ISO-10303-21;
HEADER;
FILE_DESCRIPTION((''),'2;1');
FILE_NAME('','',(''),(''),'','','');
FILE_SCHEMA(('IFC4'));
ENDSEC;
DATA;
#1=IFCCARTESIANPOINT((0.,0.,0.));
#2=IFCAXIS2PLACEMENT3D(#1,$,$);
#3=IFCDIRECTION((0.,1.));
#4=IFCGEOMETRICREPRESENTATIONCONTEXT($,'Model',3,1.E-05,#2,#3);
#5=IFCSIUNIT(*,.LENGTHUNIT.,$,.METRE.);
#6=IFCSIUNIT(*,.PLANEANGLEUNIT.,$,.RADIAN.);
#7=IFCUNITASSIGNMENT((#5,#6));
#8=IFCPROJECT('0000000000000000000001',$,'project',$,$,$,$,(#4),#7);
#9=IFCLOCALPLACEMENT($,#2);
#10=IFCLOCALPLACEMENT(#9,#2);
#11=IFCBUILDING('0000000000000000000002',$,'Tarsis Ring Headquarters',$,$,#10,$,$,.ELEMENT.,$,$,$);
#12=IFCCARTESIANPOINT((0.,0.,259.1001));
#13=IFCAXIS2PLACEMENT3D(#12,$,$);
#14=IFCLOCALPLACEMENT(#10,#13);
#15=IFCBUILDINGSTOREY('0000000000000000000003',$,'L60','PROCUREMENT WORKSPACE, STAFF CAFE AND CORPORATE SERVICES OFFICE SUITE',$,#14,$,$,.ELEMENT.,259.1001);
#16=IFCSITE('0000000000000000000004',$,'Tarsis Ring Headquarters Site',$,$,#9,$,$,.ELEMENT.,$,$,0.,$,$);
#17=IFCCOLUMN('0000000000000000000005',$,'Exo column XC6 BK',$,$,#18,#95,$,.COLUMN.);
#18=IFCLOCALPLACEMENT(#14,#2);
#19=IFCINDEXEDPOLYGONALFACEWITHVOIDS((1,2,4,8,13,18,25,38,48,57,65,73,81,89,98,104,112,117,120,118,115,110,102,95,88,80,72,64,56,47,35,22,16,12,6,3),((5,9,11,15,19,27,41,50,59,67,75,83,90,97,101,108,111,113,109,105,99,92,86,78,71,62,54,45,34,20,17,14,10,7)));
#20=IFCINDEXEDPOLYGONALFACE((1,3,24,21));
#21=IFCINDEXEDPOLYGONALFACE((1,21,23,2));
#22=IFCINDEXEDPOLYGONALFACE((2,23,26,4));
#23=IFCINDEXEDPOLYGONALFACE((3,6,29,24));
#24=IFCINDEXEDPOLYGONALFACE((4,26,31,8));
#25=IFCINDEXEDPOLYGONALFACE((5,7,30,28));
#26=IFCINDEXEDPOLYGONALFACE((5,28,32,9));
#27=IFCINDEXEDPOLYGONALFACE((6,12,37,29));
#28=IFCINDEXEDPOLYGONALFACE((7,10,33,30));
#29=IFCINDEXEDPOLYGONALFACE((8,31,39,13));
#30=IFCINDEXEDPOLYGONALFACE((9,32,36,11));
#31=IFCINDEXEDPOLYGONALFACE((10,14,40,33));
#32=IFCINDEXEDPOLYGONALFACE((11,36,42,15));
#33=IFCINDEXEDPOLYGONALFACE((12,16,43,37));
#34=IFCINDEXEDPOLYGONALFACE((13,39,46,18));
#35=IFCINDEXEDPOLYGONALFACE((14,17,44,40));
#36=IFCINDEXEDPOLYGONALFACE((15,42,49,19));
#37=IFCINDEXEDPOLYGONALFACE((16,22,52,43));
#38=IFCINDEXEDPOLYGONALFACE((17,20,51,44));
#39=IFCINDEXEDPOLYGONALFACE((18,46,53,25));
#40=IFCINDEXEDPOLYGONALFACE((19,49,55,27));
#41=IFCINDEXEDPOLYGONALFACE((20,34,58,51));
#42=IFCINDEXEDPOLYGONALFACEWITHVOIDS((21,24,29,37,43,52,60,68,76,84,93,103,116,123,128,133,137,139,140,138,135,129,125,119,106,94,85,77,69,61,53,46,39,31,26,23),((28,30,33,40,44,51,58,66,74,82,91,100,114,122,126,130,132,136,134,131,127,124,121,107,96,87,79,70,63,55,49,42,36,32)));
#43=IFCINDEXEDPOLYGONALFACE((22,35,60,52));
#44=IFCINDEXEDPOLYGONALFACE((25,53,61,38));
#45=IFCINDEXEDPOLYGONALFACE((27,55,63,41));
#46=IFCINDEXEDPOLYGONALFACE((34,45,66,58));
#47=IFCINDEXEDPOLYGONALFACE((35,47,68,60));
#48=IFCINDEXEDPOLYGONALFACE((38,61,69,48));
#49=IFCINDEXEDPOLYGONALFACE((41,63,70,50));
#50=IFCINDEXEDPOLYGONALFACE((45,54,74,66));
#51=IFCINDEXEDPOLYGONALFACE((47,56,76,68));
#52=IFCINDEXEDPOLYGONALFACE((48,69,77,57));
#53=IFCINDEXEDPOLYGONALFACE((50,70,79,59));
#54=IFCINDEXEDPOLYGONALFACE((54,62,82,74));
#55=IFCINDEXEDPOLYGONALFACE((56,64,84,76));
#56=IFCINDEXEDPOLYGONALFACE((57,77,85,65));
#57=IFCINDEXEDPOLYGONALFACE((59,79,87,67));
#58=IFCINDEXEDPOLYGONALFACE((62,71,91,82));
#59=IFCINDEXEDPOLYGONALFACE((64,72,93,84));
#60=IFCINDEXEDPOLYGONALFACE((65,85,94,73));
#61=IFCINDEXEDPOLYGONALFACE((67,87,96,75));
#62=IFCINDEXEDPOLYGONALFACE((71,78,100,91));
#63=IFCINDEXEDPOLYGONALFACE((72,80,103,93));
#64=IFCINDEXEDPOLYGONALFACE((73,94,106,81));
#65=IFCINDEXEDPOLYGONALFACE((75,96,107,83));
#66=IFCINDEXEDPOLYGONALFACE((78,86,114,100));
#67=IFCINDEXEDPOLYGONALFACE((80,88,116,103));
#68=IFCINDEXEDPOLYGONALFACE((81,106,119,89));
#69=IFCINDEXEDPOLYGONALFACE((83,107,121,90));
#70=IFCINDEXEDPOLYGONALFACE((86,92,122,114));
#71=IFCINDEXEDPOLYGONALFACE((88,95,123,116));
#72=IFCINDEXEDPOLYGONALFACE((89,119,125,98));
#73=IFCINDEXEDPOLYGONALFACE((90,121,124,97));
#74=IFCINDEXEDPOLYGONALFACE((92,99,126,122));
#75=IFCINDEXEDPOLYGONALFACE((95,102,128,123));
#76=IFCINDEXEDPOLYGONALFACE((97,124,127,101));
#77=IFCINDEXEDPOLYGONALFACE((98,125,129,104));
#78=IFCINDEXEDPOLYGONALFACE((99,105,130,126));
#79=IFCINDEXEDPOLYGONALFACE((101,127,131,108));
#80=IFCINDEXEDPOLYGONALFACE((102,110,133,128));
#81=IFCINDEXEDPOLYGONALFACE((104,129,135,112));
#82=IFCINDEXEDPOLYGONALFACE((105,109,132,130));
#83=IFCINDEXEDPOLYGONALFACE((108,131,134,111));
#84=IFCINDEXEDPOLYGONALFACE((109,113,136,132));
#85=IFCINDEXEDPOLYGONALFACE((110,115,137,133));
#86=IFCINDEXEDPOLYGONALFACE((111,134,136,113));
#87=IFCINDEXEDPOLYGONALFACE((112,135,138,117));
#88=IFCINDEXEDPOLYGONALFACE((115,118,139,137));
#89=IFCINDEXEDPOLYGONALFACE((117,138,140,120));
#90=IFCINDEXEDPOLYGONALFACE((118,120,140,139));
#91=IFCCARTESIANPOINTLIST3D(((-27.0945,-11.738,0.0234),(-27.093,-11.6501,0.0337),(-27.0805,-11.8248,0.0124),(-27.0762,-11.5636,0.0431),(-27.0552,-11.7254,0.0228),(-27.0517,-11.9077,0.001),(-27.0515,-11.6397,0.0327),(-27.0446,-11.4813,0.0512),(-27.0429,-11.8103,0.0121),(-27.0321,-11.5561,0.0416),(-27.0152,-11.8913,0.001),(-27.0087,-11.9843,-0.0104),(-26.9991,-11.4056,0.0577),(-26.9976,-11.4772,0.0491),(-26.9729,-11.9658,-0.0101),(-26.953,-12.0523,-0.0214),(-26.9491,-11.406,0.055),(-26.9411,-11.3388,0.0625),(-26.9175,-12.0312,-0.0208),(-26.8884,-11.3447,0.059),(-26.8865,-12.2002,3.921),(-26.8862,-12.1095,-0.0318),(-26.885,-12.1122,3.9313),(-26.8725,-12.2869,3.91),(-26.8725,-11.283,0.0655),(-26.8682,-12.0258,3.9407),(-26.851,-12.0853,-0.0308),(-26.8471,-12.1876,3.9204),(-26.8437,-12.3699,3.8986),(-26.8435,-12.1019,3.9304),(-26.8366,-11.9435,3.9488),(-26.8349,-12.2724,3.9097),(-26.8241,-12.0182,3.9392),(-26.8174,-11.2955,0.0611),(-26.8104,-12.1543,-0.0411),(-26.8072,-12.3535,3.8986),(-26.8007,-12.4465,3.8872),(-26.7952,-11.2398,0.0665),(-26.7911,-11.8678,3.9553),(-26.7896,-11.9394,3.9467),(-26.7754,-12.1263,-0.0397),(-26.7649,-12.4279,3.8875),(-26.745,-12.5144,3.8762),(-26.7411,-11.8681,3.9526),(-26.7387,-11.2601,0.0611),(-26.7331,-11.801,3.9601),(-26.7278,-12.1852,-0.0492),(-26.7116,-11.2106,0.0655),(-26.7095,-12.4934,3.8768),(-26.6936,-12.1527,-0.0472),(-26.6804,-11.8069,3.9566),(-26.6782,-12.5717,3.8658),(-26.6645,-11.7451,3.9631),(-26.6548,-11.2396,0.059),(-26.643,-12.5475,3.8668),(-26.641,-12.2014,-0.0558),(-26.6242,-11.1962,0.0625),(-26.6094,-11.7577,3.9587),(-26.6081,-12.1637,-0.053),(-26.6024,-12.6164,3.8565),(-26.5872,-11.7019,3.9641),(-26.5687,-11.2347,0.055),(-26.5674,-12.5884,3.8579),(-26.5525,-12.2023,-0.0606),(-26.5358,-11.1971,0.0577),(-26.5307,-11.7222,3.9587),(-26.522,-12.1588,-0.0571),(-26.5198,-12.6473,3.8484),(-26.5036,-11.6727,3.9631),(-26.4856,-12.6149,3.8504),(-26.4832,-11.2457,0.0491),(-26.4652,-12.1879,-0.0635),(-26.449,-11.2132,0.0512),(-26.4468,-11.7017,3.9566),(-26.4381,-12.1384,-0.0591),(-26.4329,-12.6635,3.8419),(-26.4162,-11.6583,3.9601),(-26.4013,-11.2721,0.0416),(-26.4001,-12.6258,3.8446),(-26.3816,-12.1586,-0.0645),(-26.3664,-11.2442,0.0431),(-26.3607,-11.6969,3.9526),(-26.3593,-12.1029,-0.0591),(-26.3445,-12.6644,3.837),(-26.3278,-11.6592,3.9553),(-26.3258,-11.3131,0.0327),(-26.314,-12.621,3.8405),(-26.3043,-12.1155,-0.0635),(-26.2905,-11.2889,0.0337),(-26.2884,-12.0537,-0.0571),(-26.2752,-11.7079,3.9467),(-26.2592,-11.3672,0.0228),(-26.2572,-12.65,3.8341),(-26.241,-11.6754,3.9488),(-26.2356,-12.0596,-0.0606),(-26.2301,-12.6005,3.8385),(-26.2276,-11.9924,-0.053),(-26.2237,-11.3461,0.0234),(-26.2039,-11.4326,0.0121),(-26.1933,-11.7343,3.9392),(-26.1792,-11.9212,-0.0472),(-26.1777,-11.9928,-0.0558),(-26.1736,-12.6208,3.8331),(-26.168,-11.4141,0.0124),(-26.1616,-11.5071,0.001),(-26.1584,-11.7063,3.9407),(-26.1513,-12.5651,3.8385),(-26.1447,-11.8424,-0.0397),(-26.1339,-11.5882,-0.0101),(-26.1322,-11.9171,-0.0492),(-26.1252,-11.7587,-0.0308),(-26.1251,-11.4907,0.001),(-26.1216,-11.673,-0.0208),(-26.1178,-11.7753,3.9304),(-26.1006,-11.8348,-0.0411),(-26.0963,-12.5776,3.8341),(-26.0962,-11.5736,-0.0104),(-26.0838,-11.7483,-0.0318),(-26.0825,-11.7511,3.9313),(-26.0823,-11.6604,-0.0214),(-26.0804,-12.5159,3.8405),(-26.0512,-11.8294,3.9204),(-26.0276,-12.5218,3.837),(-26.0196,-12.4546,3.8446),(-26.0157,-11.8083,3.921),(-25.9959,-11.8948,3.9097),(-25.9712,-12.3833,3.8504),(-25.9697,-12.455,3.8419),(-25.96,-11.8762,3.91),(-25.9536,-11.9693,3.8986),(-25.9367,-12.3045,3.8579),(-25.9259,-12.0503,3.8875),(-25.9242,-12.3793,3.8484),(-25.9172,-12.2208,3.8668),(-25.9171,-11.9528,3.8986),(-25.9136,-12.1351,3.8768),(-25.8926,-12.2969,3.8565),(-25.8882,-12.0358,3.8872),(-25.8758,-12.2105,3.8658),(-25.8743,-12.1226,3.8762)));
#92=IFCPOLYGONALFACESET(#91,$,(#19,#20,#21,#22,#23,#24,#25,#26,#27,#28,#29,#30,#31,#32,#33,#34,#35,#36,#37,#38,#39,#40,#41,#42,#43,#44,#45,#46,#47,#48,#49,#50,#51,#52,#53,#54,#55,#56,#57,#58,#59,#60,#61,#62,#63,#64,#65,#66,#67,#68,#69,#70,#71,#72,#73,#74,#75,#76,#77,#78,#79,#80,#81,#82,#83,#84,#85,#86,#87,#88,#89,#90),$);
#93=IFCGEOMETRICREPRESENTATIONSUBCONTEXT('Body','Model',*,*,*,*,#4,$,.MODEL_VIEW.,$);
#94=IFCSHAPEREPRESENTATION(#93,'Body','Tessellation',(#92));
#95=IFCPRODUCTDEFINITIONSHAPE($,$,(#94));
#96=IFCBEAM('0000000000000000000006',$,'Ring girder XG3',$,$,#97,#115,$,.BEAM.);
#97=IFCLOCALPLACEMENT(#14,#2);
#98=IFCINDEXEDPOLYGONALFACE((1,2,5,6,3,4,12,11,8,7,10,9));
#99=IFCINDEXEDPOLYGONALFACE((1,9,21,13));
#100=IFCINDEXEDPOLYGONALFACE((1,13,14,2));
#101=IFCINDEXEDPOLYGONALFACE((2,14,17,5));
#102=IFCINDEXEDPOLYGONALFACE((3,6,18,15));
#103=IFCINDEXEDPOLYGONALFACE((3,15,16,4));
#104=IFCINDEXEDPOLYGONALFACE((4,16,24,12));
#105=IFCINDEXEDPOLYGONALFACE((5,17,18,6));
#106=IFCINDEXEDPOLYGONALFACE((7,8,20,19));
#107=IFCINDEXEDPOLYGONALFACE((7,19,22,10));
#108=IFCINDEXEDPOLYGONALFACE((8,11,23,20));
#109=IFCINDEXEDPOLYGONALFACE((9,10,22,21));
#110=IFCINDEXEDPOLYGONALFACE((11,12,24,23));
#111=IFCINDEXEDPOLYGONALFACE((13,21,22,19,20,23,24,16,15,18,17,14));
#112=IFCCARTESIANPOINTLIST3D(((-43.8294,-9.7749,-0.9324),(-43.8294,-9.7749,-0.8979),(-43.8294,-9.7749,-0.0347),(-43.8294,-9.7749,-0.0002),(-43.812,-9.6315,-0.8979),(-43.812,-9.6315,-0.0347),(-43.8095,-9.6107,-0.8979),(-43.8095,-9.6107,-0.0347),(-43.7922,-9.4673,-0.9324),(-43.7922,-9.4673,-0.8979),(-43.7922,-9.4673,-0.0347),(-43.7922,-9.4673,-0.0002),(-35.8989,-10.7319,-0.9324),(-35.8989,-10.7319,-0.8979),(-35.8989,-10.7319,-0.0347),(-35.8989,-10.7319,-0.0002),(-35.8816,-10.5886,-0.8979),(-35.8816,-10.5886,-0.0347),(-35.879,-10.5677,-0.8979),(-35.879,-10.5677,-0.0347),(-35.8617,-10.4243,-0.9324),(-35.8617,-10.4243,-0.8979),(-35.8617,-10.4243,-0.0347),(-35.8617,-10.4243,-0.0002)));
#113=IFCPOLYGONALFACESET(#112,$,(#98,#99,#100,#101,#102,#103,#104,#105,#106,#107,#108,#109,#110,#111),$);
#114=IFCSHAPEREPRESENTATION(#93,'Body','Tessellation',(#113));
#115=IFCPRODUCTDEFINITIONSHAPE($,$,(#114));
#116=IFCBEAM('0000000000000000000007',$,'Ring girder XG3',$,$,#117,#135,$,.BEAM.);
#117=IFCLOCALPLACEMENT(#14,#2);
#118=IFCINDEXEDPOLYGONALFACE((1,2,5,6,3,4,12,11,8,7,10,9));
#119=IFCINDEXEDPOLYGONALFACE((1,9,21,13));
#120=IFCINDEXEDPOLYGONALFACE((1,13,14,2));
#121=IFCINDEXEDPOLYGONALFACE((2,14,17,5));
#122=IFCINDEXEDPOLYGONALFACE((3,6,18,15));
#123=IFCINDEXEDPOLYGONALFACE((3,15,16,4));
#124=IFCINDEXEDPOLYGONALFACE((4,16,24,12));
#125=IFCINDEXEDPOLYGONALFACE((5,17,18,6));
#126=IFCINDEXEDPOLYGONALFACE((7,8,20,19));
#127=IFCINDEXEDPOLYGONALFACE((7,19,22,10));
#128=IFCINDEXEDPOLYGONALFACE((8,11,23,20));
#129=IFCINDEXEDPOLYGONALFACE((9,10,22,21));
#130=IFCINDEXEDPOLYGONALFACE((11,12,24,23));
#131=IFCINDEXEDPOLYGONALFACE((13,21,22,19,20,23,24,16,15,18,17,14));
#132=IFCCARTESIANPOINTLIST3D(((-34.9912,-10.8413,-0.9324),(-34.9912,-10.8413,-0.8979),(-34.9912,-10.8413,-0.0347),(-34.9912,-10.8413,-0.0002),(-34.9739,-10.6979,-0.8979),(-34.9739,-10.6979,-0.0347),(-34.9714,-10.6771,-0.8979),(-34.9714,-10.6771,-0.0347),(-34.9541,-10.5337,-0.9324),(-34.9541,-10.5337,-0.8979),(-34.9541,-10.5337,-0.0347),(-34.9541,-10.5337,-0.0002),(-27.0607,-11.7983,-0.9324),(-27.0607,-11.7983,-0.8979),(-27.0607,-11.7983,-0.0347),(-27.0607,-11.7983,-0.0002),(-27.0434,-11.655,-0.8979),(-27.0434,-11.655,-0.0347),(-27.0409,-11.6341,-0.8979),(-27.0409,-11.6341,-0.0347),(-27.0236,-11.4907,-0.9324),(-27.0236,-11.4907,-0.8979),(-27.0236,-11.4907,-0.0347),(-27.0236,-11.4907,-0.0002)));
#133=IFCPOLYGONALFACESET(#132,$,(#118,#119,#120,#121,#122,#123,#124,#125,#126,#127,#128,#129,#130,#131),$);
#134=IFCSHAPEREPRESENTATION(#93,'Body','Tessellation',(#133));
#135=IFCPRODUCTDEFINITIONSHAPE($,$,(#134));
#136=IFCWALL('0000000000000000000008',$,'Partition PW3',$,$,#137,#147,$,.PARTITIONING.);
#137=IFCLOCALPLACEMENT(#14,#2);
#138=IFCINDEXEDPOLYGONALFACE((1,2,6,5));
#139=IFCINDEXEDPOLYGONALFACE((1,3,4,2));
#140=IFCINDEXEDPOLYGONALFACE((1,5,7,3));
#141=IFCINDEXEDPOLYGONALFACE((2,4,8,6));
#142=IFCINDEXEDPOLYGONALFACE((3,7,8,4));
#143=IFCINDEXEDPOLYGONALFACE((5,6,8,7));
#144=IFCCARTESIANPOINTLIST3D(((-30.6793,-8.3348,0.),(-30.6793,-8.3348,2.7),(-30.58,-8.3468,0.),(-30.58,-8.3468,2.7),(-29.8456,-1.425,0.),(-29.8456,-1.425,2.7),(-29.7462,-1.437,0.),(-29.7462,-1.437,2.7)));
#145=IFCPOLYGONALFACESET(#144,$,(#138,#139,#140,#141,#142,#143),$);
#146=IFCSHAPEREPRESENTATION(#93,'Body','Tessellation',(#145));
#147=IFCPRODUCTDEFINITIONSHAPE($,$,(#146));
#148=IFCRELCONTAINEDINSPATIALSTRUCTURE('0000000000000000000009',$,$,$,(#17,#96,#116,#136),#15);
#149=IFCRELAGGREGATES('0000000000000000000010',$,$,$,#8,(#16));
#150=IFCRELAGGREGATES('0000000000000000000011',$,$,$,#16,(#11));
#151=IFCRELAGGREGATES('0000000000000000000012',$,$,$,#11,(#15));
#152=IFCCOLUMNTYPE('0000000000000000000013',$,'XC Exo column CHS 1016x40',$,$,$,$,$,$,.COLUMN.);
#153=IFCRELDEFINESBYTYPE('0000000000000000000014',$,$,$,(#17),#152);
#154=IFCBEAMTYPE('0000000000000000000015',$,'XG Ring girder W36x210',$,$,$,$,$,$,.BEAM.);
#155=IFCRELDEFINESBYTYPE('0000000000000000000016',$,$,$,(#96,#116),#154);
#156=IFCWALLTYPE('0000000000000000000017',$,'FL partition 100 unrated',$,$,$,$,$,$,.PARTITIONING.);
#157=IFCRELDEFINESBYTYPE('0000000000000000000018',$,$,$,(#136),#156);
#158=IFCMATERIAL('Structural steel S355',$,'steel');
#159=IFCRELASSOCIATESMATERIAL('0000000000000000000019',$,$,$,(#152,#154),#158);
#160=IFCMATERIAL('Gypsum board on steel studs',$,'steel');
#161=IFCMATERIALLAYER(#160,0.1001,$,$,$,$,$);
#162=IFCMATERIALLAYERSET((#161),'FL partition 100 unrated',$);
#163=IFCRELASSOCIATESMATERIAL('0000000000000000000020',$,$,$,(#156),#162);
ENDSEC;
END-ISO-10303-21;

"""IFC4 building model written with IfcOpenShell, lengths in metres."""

from ifc_helpers import new_model, si_unit, direction, frame, frame_2d, origin, origin_2d, place, context, subcontext, project, spatial, rectangle, hollow_circle, i_section, extrude, material, layer, layer_set, material_profile, profile_set, type_object, element, save


model = new_model("IFC4")

# Units and contexts
model_context = context("Model", 3, precision=1e-05, world=origin(), true_north=direction((0.0, 1.0)))
body_context = subcontext(model_context, "Body", "Model", "MODEL_VIEW")
ifc_project = project(units=[si_unit("LENGTHUNIT", "METRE"), si_unit("PLANEANGLEUNIT", "RADIAN")], contexts=[model_context])

# Site, building, storey
site_placement = place(None, origin())
site = spatial("IfcSite", under=ifc_project, at=site_placement, Name="Tarsis Ring Headquarters Site", CompositionType="ELEMENT", RefElevation=0.0)
building_placement = place(site_placement, origin())
building = spatial("IfcBuilding", under=site, at=building_placement, Name="Tarsis Ring Headquarters", CompositionType="ELEMENT")
storey_placement = place(building_placement, frame((0.0, 0.0, 259.1001)))
storey = spatial("IfcBuildingStorey", under=building, at=storey_placement, Name="L60", Description="PROCUREMENT WORKSPACE, STAFF CAFE AND CORPORATE SERVICES OFFICE SUITE", CompositionType="ELEMENT", Elevation=259.1001)

# Column
ifc_material_1 = material(Name="Structural steel S355", Category="steel")
ifc_material_profile_1 = material_profile(ifc_material_1, hollow_circle(Radius=0.5081, WallThickness=0.04, at=origin_2d()), Name="CHS 1016x40")
ifc_profile_set_1 = profile_set([ifc_material_profile_1], Name="Structural steel S355")
column_type = type_object("IfcColumnType", Name="XC Exo column CHS 1016x40", PredefinedType="COLUMN", material=ifc_profile_set_1)
column_1_placement = place(storey_placement, frame((-26.5884, -11.6992, 0.001), z_axis=(0.052921, -0.117582, 0.991652), x_axis=(0.911894, 0.410425, 0.0)))
element("IfcColumn", 1, at=column_1_placement, inside=storey, type_object=column_type, Name="Exo column XC6 BK", PredefinedType="COLUMN", context=body_context, shape_type="SweptSolid", body=[
    extrude(hollow_circle(Radius=0.5081, WallThickness=0.04, at=origin_2d()), origin(), (0.0, 0.0, 1.0), 3.9304),
])

# Beams
ifc_material_profile_2 = material_profile(ifc_material_1, i_section(OverallWidth=0.3098, OverallDepth=0.9321, WebThickness=0.021, FlangeThickness=0.0344, at=origin_2d()), Name="W36x210")
ifc_profile_set_2 = profile_set([ifc_material_profile_2], Name="Structural steel S355")
beam_type = type_object("IfcBeamType", Name="XG Ring girder W36x210", PredefinedType="BEAM", material=ifc_profile_set_2)
for number, where, z_axis, x_axis, name in (
    (2, (-43.8108, -9.6211, -0.4663), (0.992797, -0.119809, 0.0), (0.119809, 0.992797, 0.0), "Ring girder XG3"),
    (3, (-34.9727, -10.6875, -0.4663), (0.992797, -0.119809, 0.0), (0.119809, 0.992797, 0.0), "Ring girder XG3"),
):
    element("IfcBeam", number, at=place(storey_placement, frame(where, z_axis=z_axis, x_axis=x_axis)), inside=storey, type_object=beam_type, Name=name, PredefinedType="BEAM", context=body_context, shape_type="SweptSolid", body=[
        extrude(i_section(OverallWidth=0.3098, OverallDepth=0.9321, WebThickness=0.021, FlangeThickness=0.0344, at=origin_2d()), origin(), (0.0, 0.0, 1.0), 7.988),
    ])

# Wall
ifc_material_2 = material(Name="Gypsum board on steel studs", Category="steel")
ifc_layer_1 = layer(ifc_material_2, 0.1001)
ifc_layer_set_1 = layer_set([ifc_layer_1], Name="FL partition 100 unrated")
wall_type_1 = type_object("IfcWallType", Name="FL partition 100 unrated", PredefinedType="PARTITIONING", material=ifc_layer_set_1)
wall_1_placement = place(storey_placement, frame((-30.6296, -8.3408, 0.0), z_axis=(0.0, 0.0, 1.0), x_axis=(0.11979, 0.992799, 0.0)))
element("IfcWall", 4, at=wall_1_placement, inside=storey, type_object=wall_type_1, Name="Partition PW3", PredefinedType="PARTITIONING", context=body_context, shape_type="SweptSolid", body=[
    extrude(rectangle(XDim=6.96, YDim=0.1001, at=frame_2d((3.48, 0.0))), origin(), (0.0, 0.0, 1.0), 2.7),
])

save(model, "model.ifc")
